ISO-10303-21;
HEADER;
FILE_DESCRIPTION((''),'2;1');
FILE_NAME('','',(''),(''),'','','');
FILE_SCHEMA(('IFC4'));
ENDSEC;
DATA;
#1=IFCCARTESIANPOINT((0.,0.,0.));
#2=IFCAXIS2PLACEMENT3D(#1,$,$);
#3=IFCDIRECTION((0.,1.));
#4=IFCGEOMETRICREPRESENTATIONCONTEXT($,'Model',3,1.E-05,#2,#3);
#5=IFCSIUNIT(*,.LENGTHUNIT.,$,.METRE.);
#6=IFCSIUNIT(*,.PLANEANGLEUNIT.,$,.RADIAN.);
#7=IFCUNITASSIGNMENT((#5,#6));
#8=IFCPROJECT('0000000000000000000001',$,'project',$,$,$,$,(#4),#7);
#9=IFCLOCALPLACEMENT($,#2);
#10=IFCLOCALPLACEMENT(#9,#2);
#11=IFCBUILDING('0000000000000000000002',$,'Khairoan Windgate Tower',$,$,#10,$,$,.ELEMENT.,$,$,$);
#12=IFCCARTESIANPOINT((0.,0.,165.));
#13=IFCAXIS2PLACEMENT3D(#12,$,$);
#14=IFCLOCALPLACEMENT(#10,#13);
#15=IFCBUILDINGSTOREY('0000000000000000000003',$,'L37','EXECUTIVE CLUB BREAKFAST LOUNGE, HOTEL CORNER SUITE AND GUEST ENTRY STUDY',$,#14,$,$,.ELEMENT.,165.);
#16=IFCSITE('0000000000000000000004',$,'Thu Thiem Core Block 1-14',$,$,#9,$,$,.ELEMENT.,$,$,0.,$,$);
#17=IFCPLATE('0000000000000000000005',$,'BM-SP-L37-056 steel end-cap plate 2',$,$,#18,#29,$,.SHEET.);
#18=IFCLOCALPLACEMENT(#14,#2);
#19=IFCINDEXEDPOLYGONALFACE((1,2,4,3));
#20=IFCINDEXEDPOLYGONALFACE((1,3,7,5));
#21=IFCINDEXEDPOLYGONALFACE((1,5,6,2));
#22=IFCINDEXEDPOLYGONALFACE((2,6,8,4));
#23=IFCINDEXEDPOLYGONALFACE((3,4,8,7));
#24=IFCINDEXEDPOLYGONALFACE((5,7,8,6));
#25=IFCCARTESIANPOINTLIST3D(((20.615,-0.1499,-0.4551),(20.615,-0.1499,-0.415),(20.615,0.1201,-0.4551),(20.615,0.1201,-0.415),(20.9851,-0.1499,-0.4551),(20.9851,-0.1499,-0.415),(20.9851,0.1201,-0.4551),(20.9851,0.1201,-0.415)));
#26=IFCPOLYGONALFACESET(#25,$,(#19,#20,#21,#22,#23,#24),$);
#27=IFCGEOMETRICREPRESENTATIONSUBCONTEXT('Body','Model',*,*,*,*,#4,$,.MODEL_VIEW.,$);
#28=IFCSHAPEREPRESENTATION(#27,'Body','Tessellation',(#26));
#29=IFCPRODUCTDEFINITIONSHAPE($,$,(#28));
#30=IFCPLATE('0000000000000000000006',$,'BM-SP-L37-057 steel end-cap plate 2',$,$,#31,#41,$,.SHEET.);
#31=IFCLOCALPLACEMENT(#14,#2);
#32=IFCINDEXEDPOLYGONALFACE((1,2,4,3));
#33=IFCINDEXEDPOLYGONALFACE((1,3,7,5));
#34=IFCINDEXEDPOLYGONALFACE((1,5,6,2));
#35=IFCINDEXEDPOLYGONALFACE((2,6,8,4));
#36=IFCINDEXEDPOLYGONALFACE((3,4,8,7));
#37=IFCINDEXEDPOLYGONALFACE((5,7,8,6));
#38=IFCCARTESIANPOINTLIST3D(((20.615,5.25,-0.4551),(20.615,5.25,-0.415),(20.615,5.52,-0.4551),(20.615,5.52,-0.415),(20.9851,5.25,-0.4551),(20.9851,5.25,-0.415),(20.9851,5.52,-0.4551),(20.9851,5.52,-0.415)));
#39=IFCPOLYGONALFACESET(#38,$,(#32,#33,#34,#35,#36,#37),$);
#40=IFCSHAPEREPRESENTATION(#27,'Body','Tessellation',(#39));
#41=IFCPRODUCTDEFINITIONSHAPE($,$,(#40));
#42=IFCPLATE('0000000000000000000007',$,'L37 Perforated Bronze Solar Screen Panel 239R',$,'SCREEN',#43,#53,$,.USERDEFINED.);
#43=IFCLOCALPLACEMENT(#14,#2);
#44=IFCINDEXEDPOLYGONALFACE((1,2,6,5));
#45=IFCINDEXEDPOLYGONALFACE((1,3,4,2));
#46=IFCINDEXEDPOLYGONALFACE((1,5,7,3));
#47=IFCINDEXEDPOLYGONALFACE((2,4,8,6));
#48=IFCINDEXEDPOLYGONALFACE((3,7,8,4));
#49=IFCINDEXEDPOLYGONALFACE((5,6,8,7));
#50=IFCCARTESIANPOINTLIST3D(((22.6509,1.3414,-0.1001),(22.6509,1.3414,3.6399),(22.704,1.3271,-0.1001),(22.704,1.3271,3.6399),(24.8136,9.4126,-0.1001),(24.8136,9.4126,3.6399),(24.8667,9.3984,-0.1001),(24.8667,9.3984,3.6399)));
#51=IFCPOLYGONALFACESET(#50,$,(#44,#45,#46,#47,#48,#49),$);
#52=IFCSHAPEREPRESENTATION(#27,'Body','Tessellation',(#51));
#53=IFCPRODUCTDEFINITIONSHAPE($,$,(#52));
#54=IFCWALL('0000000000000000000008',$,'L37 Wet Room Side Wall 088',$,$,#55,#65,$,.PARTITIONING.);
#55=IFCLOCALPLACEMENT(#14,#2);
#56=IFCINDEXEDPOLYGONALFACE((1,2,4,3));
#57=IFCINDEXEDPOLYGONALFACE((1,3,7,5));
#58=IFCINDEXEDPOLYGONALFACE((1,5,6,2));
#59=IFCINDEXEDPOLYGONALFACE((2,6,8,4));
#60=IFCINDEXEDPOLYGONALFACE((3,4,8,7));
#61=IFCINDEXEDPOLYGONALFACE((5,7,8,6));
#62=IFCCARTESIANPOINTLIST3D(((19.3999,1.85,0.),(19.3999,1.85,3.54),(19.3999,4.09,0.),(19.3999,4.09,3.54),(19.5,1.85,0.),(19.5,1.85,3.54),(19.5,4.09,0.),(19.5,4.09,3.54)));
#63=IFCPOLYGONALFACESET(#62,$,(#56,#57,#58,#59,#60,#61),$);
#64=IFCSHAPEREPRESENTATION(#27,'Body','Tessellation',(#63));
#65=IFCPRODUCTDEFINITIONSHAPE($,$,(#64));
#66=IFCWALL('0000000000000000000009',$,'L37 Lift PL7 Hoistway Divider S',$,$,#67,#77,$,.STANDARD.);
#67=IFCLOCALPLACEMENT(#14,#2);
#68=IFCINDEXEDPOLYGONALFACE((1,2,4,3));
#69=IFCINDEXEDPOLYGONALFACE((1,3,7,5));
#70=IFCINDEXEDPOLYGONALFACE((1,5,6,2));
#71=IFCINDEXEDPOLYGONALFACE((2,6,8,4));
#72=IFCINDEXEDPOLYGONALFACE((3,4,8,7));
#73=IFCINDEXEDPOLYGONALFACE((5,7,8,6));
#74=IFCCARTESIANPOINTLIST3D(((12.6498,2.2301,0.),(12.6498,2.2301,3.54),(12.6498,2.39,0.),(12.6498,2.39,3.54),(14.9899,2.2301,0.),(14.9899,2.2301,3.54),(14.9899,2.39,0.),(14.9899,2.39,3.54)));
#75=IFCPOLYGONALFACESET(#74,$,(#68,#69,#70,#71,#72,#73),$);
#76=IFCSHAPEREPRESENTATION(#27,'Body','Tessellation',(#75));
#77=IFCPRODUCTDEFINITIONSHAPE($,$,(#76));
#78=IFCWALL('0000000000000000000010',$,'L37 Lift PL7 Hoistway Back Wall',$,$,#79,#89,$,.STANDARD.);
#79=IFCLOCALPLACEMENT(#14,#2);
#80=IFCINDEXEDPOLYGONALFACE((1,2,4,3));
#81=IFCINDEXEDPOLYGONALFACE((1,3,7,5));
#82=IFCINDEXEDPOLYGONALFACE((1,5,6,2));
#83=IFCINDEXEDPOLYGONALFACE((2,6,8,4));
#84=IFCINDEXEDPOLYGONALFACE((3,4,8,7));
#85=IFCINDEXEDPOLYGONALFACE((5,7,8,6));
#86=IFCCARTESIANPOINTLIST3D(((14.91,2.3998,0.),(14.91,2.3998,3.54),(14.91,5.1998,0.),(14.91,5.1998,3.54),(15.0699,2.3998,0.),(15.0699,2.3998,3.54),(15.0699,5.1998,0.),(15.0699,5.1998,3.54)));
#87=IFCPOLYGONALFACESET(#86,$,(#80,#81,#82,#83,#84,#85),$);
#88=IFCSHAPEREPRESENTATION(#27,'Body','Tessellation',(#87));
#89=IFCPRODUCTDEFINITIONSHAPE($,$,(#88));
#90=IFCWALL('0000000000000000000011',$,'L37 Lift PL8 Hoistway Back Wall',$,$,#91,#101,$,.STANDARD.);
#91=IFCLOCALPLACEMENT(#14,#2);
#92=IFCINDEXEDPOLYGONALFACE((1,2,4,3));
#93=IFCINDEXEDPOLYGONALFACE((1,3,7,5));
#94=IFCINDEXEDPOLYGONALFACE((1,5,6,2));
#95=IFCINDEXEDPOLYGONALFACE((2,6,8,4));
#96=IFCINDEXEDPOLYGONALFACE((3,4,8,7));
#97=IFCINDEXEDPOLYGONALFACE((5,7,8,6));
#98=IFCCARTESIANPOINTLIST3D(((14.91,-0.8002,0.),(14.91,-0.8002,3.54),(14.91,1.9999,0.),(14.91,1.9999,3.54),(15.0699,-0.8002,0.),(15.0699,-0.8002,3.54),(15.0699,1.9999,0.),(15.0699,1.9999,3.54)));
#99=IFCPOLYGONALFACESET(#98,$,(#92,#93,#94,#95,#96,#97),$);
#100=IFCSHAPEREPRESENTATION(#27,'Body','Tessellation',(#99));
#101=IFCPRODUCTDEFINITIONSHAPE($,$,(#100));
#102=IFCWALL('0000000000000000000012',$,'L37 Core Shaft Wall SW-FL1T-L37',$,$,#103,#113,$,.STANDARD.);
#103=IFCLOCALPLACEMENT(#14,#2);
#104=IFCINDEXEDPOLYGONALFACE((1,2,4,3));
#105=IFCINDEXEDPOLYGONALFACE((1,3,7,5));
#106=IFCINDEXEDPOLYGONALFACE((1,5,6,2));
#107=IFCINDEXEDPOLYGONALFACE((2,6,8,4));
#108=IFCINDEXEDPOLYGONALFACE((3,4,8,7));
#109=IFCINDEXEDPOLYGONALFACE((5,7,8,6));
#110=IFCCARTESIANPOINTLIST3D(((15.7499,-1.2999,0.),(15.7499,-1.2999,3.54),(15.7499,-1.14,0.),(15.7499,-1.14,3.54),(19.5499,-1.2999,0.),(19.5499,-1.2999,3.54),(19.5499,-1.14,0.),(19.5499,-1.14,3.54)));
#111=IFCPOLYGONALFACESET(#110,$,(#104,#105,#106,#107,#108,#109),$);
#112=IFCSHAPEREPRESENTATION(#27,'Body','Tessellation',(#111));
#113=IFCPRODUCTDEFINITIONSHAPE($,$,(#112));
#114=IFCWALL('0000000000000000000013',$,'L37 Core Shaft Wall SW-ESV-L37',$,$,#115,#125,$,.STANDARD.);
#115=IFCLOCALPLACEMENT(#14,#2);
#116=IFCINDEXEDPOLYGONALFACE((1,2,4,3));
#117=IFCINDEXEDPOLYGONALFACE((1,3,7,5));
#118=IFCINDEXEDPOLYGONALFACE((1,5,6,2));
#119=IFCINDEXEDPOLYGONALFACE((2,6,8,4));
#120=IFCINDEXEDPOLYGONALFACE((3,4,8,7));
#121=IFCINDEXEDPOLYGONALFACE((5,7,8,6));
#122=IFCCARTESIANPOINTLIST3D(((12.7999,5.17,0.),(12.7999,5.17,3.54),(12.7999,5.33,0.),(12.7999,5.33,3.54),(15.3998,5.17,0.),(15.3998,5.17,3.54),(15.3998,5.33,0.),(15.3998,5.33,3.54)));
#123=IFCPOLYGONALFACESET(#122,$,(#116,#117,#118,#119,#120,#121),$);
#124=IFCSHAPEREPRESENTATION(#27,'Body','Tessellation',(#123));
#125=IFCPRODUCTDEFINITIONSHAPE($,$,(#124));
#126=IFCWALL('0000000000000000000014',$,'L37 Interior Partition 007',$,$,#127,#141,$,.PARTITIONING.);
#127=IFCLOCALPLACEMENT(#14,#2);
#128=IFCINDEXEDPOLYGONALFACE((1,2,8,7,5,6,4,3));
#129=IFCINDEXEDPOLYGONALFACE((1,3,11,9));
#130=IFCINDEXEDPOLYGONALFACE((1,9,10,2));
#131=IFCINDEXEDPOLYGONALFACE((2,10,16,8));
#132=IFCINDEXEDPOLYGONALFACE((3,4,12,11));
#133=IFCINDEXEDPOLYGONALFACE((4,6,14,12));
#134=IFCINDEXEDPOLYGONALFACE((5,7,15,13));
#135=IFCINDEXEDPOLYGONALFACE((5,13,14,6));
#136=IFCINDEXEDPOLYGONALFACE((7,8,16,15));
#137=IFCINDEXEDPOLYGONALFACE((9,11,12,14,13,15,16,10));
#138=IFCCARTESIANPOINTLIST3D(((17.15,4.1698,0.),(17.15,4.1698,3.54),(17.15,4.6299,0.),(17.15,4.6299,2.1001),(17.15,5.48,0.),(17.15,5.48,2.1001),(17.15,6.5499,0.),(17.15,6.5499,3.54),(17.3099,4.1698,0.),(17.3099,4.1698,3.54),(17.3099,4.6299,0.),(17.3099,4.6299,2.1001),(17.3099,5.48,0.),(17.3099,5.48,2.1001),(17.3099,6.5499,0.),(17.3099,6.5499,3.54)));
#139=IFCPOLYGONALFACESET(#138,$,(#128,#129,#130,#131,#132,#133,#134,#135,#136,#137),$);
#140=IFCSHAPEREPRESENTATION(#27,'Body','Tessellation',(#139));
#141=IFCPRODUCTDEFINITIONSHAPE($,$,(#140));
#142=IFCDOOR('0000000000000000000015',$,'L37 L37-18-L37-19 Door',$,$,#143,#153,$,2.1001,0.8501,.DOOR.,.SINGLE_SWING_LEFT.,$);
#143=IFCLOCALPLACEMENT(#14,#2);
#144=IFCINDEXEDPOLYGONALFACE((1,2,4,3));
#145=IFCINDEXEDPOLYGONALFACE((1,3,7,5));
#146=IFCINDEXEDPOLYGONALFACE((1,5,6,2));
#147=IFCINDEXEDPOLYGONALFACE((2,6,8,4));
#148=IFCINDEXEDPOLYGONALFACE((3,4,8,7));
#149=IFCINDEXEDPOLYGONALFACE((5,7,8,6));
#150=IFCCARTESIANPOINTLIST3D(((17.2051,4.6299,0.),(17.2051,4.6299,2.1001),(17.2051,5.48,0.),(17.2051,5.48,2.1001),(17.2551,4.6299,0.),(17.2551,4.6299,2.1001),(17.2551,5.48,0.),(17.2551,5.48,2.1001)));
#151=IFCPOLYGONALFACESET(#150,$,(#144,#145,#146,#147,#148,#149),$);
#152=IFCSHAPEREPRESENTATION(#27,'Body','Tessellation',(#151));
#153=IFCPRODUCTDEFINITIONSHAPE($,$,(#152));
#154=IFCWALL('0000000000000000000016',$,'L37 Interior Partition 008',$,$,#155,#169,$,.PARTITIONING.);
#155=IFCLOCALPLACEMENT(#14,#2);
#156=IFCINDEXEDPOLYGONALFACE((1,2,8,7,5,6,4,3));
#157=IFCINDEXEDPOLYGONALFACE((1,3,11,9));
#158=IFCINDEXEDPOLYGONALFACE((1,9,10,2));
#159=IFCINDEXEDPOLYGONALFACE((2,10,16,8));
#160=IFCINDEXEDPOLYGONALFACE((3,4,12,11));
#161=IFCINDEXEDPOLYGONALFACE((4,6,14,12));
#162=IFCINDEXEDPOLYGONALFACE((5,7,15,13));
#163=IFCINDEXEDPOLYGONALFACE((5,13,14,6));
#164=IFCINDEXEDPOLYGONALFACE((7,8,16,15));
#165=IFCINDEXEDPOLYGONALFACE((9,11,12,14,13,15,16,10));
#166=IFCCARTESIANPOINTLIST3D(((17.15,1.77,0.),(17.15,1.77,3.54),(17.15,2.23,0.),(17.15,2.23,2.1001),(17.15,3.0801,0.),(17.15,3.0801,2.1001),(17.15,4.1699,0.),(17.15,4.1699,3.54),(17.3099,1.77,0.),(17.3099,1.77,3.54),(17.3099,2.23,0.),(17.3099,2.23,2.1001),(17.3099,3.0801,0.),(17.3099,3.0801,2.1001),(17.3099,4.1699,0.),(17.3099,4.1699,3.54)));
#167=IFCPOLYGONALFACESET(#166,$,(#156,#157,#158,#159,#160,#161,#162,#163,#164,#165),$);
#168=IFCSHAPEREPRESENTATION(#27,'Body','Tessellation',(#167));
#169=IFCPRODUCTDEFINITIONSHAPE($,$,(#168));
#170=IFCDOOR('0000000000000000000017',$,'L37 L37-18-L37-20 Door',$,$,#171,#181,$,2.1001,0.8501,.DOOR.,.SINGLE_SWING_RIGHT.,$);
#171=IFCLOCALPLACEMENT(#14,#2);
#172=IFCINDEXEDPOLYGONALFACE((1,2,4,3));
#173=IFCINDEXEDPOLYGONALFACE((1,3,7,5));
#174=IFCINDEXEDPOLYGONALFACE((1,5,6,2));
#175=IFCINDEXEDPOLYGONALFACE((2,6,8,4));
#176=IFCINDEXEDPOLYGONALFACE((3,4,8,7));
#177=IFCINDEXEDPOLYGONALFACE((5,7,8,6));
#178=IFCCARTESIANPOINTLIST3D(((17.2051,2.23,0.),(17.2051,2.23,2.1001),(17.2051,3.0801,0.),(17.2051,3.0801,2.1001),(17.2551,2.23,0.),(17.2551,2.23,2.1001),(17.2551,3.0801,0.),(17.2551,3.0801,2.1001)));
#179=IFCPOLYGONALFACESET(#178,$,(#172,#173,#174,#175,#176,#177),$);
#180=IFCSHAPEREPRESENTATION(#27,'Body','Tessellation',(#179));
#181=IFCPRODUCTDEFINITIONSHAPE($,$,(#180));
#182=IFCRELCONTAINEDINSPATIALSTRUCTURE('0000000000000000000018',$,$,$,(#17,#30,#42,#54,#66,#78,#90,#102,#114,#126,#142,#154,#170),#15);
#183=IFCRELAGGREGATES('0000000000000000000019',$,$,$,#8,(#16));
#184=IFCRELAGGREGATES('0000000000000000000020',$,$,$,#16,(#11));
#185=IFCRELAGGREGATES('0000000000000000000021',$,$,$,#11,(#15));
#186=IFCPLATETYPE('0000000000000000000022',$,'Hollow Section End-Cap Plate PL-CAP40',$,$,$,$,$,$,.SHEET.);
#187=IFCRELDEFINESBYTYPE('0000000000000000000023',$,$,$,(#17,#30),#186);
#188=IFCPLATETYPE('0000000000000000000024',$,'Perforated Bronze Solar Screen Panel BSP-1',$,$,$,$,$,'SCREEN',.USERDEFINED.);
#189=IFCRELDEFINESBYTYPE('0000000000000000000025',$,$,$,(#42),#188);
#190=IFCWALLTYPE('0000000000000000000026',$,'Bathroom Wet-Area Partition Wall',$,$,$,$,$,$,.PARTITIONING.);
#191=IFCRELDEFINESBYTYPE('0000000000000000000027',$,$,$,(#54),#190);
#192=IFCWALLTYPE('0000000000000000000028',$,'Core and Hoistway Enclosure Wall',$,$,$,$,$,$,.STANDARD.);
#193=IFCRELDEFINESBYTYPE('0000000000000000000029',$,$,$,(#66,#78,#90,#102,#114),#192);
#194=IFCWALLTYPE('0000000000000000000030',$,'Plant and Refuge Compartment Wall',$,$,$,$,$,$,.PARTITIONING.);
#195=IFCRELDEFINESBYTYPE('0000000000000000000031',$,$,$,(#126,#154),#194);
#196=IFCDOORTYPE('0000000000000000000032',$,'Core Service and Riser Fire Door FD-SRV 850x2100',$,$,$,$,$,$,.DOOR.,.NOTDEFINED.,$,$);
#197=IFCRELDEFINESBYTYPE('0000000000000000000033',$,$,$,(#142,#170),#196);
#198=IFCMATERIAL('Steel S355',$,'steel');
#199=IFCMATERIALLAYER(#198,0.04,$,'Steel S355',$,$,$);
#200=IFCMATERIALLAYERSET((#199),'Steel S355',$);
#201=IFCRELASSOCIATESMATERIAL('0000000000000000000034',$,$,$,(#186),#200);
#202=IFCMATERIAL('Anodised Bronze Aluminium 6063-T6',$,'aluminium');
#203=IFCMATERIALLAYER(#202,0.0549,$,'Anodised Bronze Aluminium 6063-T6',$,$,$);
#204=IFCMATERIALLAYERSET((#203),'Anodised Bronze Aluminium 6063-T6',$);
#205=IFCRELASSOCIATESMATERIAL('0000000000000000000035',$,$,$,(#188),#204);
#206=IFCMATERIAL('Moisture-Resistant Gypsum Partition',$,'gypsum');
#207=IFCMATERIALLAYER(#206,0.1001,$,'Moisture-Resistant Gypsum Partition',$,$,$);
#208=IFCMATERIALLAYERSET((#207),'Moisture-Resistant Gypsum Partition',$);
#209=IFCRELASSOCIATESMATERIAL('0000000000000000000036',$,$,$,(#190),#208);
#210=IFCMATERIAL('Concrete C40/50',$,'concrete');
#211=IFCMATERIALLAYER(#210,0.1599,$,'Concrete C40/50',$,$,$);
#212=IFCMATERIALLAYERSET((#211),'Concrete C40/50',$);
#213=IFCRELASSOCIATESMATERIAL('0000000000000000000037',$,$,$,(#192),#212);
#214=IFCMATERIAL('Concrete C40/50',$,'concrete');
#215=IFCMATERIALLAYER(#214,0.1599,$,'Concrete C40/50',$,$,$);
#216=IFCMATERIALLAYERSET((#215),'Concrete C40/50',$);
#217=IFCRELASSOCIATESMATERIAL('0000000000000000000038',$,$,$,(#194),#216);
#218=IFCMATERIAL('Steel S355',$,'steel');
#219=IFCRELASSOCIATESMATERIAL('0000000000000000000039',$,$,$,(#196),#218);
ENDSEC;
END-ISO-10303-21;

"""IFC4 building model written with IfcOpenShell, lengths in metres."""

from ifc_helpers import new_model, si_unit, direction, frame, frame_2d, origin, origin_2d, place, context, subcontext, project, spatial, rectangle, extrude, material, layer, layer_set, type_object, element, fill, save


model = new_model("IFC4")

# Units and contexts
model_context = context("Model", 3, precision=1e-05, world=origin(), true_north=direction((0.0, 1.0)))
body_context = subcontext(model_context, "Body", "Model", "MODEL_VIEW")
ifc_project = project(units=[si_unit("LENGTHUNIT", "METRE"), si_unit("PLANEANGLEUNIT", "RADIAN")], contexts=[model_context])

# Site, building, storey
site_placement = place(None, origin())
site = spatial("IfcSite", under=ifc_project, at=site_placement, Name="Thu Thiem Core Block 1-14", CompositionType="ELEMENT", RefElevation=0.0)
building_placement = place(site_placement, origin())
building = spatial("IfcBuilding", under=site, at=building_placement, Name="Khairoan Windgate Tower", CompositionType="ELEMENT")
storey_placement = place(building_placement, frame((0.0, 0.0, 165.0)))
storey = spatial("IfcBuildingStorey", under=building, at=storey_placement, Name="L37", Description="EXECUTIVE CLUB BREAKFAST LOUNGE, HOTEL CORNER SUITE AND GUEST ENTRY STUDY", CompositionType="ELEMENT", Elevation=165.0)

# Plates
ifc_material_1 = material(Name="Steel S355", Category="steel")
ifc_layer_1 = layer(ifc_material_1, 0.04, Name="Steel S355")
ifc_layer_set_1 = layer_set([ifc_layer_1], Name="Steel S355")
plate_type_1 = type_object("IfcPlateType", Name="Hollow Section End-Cap Plate PL-CAP40", PredefinedType="SHEET", material=ifc_layer_set_1)
for number, where, z_axis, x_axis, name in (
    (1, (20.8, -0.0149, -0.4551), (0.0, 0.0, 1.0), (0.0, 1.0, 0.0), "BM-SP-L37-056 steel end-cap plate 2"),
    (2, (20.8, 5.385, -0.4551), (0.0, 0.0, 1.0), (0.0, 1.0, 0.0), "BM-SP-L37-057 steel end-cap plate 2"),
):
    element("IfcPlate", number, at=place(storey_placement, frame(where, z_axis=z_axis, x_axis=x_axis)), inside=storey, type_object=plate_type_1, Name=name, PredefinedType="SHEET", context=body_context, shape_type="SweptSolid", body=[
        extrude(rectangle(XDim=0.27, YDim=0.3701, at=origin_2d()), origin(), (0.0, 0.0, 1.0), 0.04),
    ])
ifc_material_2 = material(Name="Anodised Bronze Aluminium 6063-T6", Category="aluminium")
ifc_layer_2 = layer(ifc_material_2, 0.0549, Name="Anodised Bronze Aluminium 6063-T6")
ifc_layer_set_2 = layer_set([ifc_layer_2], Name="Anodised Bronze Aluminium 6063-T6")
plate_type_2 = type_object("IfcPlateType", Name="Perforated Bronze Solar Screen Panel BSP-1", ElementType="SCREEN", PredefinedType="USERDEFINED", material=ifc_layer_set_2)
plate_placement = place(storey_placement, frame((23.7588, 5.3699, -0.1001), z_axis=(0.0, 0.0, 1.0), x_axis=(-0.258819, -0.965926, 0.0)))
element("IfcPlate", 3, at=plate_placement, inside=storey, type_object=plate_type_2, Name="L37 Perforated Bronze Solar Screen Panel 239R", ObjectType="SCREEN", PredefinedType="USERDEFINED", context=body_context, shape_type="SweptSolid", body=[
    extrude(rectangle(XDim=8.356, YDim=0.0549, at=origin_2d()), origin(), (0.0, 0.0, 1.0), 3.74),
])

# Walls
ifc_material_3 = material(Name="Moisture-Resistant Gypsum Partition", Category="gypsum")
ifc_layer_3 = layer(ifc_material_3, 0.1001, Name="Moisture-Resistant Gypsum Partition")
ifc_layer_set_3 = layer_set([ifc_layer_3], Name="Moisture-Resistant Gypsum Partition")
wall_type_1 = type_object("IfcWallType", Name="Bathroom Wet-Area Partition Wall", PredefinedType="PARTITIONING", material=ifc_layer_set_3)
wall_1_placement = place(storey_placement, frame((19.45, 4.0901, 0.0), z_axis=(0.0, 0.0, 1.0), x_axis=(0.0, -1.0, 0.0)))
element("IfcWall", 4, at=wall_1_placement, inside=storey, type_object=wall_type_1, Name="L37 Wet Room Side Wall 088", PredefinedType="PARTITIONING", context=body_context, shape_type="SweptSolid", body=[
    extrude(rectangle(XDim=2.24, YDim=0.1001, at=frame_2d((1.1201, 0.0))), origin(), (0.0, 0.0, 1.0), 3.54),
])
ifc_material_4 = material(Name="Concrete C40/50", Category="concrete")
ifc_layer_4 = layer(ifc_material_4, 0.1599, Name="Concrete C40/50")
ifc_layer_set_4 = layer_set([ifc_layer_4], Name="Concrete C40/50")
wall_type_2 = type_object("IfcWallType", Name="Core and Hoistway Enclosure Wall", PredefinedType="STANDARD", material=ifc_layer_set_4)
wall_2_placement = place(storey_placement, frame((12.6499, 2.3101, 0.0), z_axis=(0.0, 0.0, 1.0), x_axis=(1.0, 0.0, 0.0)))
element("IfcWall", 5, at=wall_2_placement, inside=storey, type_object=wall_type_2, Name="L37 Lift PL7 Hoistway Divider S", PredefinedType="STANDARD", context=body_context, shape_type="SweptSolid", body=[
    extrude(rectangle(XDim=2.3401, YDim=0.1599, at=frame_2d((1.1699, 0.0))), origin(), (0.0, 0.0, 1.0), 3.54),
])
for number, where, z_axis, x_axis, name in (
    (6, (14.99, 2.3999, 0.0), (0.0, 0.0, 1.0), (0.0, 1.0, 0.0), "L37 Lift PL7 Hoistway Back Wall"),
    (7, (14.99, -0.8, 0.0), (0.0, 0.0, 1.0), (0.0, 1.0, 0.0), "L37 Lift PL8 Hoistway Back Wall"),
):
    element("IfcWall", number, at=place(storey_placement, frame(where, z_axis=z_axis, x_axis=x_axis)), inside=storey, type_object=wall_type_2, Name=name, PredefinedType="STANDARD", context=body_context, shape_type="SweptSolid", body=[
        extrude(rectangle(XDim=2.8, YDim=0.1599, at=frame_2d((1.3999, 0.0))), origin(), (0.0, 0.0, 1.0), 3.54),
    ])
wall_3_placement = place(storey_placement, frame((15.75, -1.22, 0.0), z_axis=(0.0, 0.0, 1.0), x_axis=(1.0, 0.0, 0.0)))
element("IfcWall", 8, at=wall_3_placement, inside=storey, type_object=wall_type_2, Name="L37 Core Shaft Wall SW-FL1T-L37", PredefinedType="STANDARD", context=body_context, shape_type="SweptSolid", body=[
    extrude(rectangle(XDim=3.8, YDim=0.1599, at=frame_2d((1.8999, 0.0))), origin(), (0.0, 0.0, 1.0), 3.54),
])
wall_4_placement = place(storey_placement, frame((12.8, 5.25, 0.0), z_axis=(0.0, 0.0, 1.0), x_axis=(1.0, 0.0, 0.0)))
element("IfcWall", 9, at=wall_4_placement, inside=storey, type_object=wall_type_2, Name="L37 Core Shaft Wall SW-ESV-L37", PredefinedType="STANDARD", context=body_context, shape_type="SweptSolid", body=[
    extrude(rectangle(XDim=2.5999, YDim=0.1599, at=frame_2d((1.2998, 0.0))), origin(), (0.0, 0.0, 1.0), 3.54),
])

# Walls, openings, doors
ifc_material_5 = material(Name="Concrete C40/50", Category="concrete")
ifc_layer_5 = layer(ifc_material_5, 0.1599, Name="Concrete C40/50")
ifc_layer_set_5 = layer_set([ifc_layer_5], Name="Concrete C40/50")
wall_type_3 = type_object("IfcWallType", Name="Plant and Refuge Compartment Wall", PredefinedType="PARTITIONING", material=ifc_layer_set_5)
wall_5_placement = place(storey_placement, frame((17.23, 4.1699, 0.0), z_axis=(0.0, 0.0, 1.0), x_axis=(0.0, 1.0, 0.0)))
wall_5 = element("IfcWall", 10, at=wall_5_placement, inside=storey, type_object=wall_type_3, Name="L37 Interior Partition 007", PredefinedType="PARTITIONING", context=body_context, shape_type="SweptSolid", body=[
    extrude(rectangle(XDim=2.3801, YDim=0.1599, at=frame_2d((1.1899, 0.0))), origin(), (0.0, 0.0, 1.0), 3.54),
])
opening_1_placement = place(wall_5_placement, frame((0.46, 0.0, 0.0)))
opening_1 = element("IfcOpeningElement", 11, at=opening_1_placement, cuts=wall_5, PredefinedType="OPENING", context=body_context, shape_type="SweptSolid", body=[
    extrude(rectangle(XDim=0.8501, YDim=2.1001, at=frame_2d((0.425, 1.05))), frame((0.0, 0.0898, 0.0), z_axis=(0.0, -1.0, 0.0), x_axis=(1.0, 0.0, 0.0)), (0.0, 0.0, 1.0), 0.1799),
])
ifc_material_6 = material(Name="Steel S355", Category="steel")
door_type = type_object("IfcDoorType", Name="Core Service and Riser Fire Door FD-SRV 850x2100", OperationType="NOTDEFINED", PredefinedType="DOOR", material=ifc_material_6)
door_1_placement = place(opening_1_placement, origin())
door_1 = element("IfcDoor", 12, at=door_1_placement, inside=storey, type_object=door_type, Name="L37 L37-18-L37-19 Door", OperationType="SINGLE_SWING_LEFT", OverallHeight=2.1001, OverallWidth=0.8501, PredefinedType="DOOR", context=body_context, shape_type="SweptSolid", body=[
    extrude(rectangle(XDim=0.8501, YDim=2.1001, at=frame_2d((0.425, 1.05))), frame((0.0, 0.0249, 0.0), z_axis=(0.0, -1.0, 0.0), x_axis=(1.0, 0.0, 0.0)), (0.0, 0.0, 1.0), 0.05),
])
fill(opening_1, door_1)
wall_6_placement = place(storey_placement, frame((17.23, 1.77, 0.0), z_axis=(0.0, 0.0, 1.0), x_axis=(0.0, 1.0, 0.0)))
wall_6 = element("IfcWall", 13, at=wall_6_placement, inside=storey, type_object=wall_type_3, Name="L37 Interior Partition 008", PredefinedType="PARTITIONING", context=body_context, shape_type="SweptSolid", body=[
    extrude(rectangle(XDim=2.3999, YDim=0.1599, at=frame_2d((1.2, 0.0))), origin(), (0.0, 0.0, 1.0), 3.54),
])
opening_2_placement = place(wall_6_placement, frame((0.46, 0.0, 0.0)))
opening_2 = element("IfcOpeningElement", 14, at=opening_2_placement, cuts=wall_6, PredefinedType="OPENING", context=body_context, shape_type="SweptSolid", body=[
    extrude(rectangle(XDim=0.8501, YDim=2.1001, at=frame_2d((0.425, 1.05))), frame((0.0, 0.0898, 0.0), z_axis=(0.0, -1.0, 0.0), x_axis=(1.0, 0.0, 0.0)), (0.0, 0.0, 1.0), 0.1799),
])
door_2_placement = place(opening_2_placement, origin())
door_2 = element("IfcDoor", 15, at=door_2_placement, inside=storey, type_object=door_type, Name="L37 L37-18-L37-20 Door", OperationType="SINGLE_SWING_RIGHT", OverallHeight=2.1001, OverallWidth=0.8501, PredefinedType="DOOR", context=body_context, shape_type="SweptSolid", body=[
    extrude(rectangle(XDim=0.8501, YDim=2.1001, at=frame_2d((0.425, 1.05))), frame((0.0, 0.0249, 0.0), z_axis=(0.0, -1.0, 0.0), x_axis=(1.0, 0.0, 0.0)), (0.0, 0.0, 1.0), 0.05),
])
fill(opening_2, door_2)

save(model, "model.ifc")
